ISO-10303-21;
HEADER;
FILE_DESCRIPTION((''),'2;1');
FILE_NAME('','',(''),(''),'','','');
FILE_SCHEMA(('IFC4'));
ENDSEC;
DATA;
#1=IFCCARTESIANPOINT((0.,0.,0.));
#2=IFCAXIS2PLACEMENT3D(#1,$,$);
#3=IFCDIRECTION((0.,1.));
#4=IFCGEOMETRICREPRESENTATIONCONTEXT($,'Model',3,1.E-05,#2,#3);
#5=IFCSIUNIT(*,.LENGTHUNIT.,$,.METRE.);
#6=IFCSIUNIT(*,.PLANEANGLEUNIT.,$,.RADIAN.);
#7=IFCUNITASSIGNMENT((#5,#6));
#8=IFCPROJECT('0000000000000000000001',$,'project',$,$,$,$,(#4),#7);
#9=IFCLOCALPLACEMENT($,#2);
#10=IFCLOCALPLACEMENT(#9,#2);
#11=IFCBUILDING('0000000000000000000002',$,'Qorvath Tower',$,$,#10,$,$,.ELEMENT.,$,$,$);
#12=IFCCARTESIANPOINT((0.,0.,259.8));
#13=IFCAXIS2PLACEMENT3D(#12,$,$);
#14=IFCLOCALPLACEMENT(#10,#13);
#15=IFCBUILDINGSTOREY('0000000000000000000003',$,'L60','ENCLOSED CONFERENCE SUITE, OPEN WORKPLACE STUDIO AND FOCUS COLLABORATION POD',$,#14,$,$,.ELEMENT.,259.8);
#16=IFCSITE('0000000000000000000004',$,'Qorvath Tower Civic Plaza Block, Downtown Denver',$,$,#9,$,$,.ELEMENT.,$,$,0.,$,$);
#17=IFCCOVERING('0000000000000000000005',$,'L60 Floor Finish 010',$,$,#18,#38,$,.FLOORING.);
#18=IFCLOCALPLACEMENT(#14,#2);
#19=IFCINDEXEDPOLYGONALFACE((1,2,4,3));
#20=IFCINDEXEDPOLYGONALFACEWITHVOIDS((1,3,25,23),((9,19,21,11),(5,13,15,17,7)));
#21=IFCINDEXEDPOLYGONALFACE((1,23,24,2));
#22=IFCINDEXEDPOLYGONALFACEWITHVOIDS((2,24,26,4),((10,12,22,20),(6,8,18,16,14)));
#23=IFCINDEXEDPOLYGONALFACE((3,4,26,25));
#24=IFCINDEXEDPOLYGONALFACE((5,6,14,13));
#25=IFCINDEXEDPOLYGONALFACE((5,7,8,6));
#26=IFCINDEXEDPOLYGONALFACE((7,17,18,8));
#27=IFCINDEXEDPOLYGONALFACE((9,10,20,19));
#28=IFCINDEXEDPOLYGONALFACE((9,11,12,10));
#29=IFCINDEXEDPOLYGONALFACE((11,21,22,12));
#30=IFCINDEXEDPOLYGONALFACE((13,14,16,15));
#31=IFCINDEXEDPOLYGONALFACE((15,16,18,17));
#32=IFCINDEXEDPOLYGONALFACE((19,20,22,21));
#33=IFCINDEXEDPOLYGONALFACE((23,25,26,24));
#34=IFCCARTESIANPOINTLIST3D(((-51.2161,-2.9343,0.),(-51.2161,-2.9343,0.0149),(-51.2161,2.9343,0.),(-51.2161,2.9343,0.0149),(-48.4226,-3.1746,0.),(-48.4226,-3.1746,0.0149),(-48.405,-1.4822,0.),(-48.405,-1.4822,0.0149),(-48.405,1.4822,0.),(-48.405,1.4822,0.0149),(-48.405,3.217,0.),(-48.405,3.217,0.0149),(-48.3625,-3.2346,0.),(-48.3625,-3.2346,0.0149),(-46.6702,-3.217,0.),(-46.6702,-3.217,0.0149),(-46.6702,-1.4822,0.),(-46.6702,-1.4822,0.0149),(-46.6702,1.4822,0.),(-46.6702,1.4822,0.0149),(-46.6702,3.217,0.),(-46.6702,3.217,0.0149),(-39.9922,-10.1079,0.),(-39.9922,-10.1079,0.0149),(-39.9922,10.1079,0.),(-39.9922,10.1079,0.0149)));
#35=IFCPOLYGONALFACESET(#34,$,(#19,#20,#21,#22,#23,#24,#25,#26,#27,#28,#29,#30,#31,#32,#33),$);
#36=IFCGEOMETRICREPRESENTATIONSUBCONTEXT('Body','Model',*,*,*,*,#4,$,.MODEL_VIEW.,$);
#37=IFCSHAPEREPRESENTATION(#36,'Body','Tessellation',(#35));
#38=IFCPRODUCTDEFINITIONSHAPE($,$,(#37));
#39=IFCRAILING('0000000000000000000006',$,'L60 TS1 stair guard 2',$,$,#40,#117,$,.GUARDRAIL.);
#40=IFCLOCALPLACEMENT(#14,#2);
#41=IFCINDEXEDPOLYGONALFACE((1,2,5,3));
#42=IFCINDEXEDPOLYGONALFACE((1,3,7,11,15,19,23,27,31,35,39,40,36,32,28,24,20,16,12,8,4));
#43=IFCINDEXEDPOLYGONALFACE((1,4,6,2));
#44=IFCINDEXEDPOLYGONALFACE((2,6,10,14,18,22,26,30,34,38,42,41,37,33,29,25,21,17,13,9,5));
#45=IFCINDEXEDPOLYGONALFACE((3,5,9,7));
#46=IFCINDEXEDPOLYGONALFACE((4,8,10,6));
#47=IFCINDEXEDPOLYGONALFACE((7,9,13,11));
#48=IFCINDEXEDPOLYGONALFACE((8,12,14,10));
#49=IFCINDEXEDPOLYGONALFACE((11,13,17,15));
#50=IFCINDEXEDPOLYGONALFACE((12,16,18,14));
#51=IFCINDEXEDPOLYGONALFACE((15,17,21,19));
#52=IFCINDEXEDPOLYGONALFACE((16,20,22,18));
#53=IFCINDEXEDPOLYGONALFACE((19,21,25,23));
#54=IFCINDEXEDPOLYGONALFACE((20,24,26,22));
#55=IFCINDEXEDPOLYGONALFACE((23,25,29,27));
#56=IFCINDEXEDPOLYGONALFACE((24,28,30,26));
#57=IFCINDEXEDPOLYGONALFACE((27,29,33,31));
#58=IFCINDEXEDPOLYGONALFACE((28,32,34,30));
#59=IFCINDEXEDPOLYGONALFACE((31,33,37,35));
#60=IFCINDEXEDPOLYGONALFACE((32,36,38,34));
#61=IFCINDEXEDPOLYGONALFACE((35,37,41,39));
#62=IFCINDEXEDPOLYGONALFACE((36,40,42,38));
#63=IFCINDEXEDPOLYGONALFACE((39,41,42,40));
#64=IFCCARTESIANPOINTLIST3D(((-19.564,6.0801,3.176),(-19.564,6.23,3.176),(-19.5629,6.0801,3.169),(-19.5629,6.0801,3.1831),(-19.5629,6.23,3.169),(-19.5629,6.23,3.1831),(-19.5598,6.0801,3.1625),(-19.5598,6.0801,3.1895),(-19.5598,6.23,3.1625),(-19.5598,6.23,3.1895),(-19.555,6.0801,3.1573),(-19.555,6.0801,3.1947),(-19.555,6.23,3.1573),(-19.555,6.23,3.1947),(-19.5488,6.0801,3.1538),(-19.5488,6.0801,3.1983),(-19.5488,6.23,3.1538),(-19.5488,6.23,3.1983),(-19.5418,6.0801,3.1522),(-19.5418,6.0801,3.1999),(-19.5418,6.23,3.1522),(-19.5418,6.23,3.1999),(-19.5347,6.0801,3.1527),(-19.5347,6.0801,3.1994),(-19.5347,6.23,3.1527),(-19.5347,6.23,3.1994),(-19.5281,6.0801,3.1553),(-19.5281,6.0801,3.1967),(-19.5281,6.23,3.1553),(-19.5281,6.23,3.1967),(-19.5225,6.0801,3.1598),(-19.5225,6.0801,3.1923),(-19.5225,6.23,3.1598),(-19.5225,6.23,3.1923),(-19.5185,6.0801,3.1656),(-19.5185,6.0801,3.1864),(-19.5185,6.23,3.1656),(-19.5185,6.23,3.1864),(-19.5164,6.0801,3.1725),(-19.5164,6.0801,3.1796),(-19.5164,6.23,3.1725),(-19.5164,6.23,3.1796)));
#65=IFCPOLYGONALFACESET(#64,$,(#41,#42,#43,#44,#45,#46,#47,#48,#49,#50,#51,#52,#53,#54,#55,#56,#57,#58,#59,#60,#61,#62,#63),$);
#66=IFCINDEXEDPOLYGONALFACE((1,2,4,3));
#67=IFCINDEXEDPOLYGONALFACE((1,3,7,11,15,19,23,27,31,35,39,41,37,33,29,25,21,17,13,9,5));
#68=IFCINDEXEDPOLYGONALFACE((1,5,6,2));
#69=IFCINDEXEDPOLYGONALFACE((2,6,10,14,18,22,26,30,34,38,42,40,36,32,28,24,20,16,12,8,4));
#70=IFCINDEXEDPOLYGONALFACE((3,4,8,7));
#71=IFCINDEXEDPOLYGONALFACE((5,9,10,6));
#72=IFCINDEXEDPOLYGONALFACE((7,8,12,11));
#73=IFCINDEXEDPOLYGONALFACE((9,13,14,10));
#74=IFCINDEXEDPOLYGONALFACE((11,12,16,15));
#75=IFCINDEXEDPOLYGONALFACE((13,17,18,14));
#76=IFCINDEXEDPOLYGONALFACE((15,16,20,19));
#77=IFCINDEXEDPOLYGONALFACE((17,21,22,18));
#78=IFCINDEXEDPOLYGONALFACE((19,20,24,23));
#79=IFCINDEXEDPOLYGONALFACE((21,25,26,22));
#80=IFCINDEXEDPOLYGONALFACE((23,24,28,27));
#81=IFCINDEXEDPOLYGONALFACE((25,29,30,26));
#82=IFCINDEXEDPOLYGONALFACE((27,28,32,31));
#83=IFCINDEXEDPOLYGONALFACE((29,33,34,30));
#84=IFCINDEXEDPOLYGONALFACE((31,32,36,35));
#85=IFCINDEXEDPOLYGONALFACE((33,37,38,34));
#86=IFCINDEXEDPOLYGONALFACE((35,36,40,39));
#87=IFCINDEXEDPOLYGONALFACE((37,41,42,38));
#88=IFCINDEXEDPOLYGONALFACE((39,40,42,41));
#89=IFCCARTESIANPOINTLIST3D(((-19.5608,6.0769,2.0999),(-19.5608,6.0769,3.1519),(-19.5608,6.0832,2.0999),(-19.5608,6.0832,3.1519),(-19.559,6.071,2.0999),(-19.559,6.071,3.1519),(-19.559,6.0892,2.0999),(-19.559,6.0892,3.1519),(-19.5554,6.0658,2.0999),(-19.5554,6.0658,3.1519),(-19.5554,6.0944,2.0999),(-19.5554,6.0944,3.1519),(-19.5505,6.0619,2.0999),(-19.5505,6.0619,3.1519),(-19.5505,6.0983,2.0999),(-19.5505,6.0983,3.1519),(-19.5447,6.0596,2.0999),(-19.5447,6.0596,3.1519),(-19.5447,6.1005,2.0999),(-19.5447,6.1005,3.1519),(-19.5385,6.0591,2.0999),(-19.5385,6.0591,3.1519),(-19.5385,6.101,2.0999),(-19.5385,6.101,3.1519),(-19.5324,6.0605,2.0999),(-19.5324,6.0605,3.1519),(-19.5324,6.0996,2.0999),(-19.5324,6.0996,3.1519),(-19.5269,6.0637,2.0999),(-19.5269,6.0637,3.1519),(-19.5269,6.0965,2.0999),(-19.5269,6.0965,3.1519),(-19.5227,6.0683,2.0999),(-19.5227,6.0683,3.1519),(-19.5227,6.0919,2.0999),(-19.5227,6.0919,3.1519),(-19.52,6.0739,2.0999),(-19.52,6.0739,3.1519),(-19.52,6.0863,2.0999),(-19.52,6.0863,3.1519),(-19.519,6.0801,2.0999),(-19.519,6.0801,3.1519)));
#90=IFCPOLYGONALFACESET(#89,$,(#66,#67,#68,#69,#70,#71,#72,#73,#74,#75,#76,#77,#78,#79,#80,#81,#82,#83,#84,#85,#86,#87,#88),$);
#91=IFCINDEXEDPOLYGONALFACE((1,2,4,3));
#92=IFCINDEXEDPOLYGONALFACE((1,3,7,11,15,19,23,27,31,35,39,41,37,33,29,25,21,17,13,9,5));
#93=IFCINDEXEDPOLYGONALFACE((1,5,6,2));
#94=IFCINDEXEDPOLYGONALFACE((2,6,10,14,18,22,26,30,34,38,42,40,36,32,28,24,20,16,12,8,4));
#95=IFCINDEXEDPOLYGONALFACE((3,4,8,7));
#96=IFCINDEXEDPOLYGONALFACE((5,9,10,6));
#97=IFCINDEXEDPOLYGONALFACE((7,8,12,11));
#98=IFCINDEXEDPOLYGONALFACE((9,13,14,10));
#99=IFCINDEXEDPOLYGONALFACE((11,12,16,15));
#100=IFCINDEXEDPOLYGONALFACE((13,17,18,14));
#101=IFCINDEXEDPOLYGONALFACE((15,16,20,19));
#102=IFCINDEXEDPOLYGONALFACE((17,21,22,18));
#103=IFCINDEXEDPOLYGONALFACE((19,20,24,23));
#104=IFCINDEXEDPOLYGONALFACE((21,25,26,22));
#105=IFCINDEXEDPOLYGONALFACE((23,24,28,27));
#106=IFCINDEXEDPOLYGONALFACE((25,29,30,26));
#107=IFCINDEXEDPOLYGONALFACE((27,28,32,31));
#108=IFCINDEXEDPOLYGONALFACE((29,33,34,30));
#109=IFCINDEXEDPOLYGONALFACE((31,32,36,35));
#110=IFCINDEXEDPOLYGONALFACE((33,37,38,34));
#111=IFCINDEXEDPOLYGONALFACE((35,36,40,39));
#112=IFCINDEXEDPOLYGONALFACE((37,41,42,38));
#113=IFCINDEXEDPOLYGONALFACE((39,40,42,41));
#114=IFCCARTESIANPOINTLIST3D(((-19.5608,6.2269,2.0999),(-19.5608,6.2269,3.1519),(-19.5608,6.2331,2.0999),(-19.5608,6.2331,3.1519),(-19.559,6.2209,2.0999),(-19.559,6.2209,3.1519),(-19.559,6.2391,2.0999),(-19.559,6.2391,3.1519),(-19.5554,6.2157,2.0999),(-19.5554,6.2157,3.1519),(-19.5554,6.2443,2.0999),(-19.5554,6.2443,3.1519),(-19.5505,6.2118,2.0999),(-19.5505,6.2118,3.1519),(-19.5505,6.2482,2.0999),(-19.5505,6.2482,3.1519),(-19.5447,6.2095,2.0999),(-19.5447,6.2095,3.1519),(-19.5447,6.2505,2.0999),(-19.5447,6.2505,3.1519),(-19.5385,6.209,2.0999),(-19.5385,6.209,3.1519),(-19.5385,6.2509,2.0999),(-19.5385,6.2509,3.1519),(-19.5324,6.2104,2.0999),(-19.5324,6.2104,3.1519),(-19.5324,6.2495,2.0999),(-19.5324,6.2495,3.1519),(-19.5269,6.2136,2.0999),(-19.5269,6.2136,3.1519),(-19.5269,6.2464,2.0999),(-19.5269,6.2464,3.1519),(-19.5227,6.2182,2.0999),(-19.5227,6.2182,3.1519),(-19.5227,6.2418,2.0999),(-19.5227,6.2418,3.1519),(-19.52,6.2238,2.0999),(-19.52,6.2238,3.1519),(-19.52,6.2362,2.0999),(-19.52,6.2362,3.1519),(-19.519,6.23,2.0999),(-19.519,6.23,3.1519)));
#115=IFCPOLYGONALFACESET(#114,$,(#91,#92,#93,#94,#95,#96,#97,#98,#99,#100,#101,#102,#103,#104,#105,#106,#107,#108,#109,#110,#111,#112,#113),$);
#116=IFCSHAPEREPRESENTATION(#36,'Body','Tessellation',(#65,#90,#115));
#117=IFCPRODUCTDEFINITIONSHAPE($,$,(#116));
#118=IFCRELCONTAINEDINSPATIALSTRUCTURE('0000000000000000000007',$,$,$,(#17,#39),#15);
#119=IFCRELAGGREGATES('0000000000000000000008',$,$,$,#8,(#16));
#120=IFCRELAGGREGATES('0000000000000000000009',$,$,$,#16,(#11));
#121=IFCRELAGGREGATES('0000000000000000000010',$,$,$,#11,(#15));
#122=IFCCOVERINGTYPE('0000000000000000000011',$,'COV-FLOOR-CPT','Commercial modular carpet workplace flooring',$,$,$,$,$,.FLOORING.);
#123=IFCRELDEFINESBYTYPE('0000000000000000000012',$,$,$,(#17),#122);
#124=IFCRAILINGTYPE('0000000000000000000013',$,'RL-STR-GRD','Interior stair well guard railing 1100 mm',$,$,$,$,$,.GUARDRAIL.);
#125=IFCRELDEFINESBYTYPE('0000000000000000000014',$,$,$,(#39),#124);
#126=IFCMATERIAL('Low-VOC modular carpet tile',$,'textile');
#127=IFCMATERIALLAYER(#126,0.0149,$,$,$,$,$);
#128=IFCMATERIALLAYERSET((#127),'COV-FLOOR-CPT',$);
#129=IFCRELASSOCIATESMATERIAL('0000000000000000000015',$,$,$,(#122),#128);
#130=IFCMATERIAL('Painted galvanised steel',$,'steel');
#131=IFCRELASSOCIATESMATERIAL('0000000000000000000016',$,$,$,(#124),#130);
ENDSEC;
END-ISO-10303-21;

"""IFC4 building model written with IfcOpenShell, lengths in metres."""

from ifc_helpers import new_model, si_unit, direction, frame, origin, origin_2d, place, context, subcontext, project, spatial, polyline, circle, outline, extrude, material, layer, layer_set, type_object, element, save


model = new_model("IFC4")

# Units and contexts
model_context = context("Model", 3, precision=1e-05, world=origin(), true_north=direction((0.0, 1.0)))
body_context = subcontext(model_context, "Body", "Model", "MODEL_VIEW")
ifc_project = project(units=[si_unit("LENGTHUNIT", "METRE"), si_unit("PLANEANGLEUNIT", "RADIAN")], contexts=[model_context])

# Site, building, storey
site_placement = place(None, origin())
site = spatial("IfcSite", under=ifc_project, at=site_placement, Name="Qorvath Tower Civic Plaza Block, Downtown Denver", CompositionType="ELEMENT", RefElevation=0.0)
building_placement = place(site_placement, origin())
building = spatial("IfcBuilding", under=site, at=building_placement, Name="Qorvath Tower", CompositionType="ELEMENT")
storey_placement = place(building_placement, frame((0.0, 0.0, 259.8)))
storey = spatial("IfcBuildingStorey", under=building, at=storey_placement, Name="L60", Description="ENCLOSED CONFERENCE SUITE, OPEN WORKPLACE STUDIO AND FOCUS COLLABORATION POD", CompositionType="ELEMENT", Elevation=259.8)

# Covering
ifc_material_1 = material(Name="Low-VOC modular carpet tile", Category="textile")
ifc_layer_1 = layer(ifc_material_1, 0.0149)
ifc_layer_set_1 = layer_set([ifc_layer_1], Name="COV-FLOOR-CPT")
covering_type_1 = type_object("IfcCoveringType", Name="COV-FLOOR-CPT", Description="Commercial modular carpet workplace flooring", PredefinedType="FLOORING", material=ifc_layer_set_1)
covering_1_placement = place(storey_placement, origin())
element("IfcCovering", 1, at=covering_1_placement, inside=storey, type_object=covering_type_1, Name="L60 Floor Finish 010", PredefinedType="FLOORING", context=body_context, shape_type="SweptSolid", body=[
    extrude(outline(polyline([(-51.2161, -2.9343), (-39.9922, -10.1079), (-39.9922, 10.1079), (-51.2161, 2.9343), (-51.2161, -2.9343)]), holes=[polyline([(-48.4226, -3.1746), (-48.405, -1.4822), (-46.6702, -1.4822), (-46.6702, -3.217), (-48.3625, -3.2346), (-48.4226, -3.1746)]), polyline([(-48.405, 1.4822), (-48.405, 3.217), (-46.6702, 3.217), (-46.6702, 1.4822), (-48.405, 1.4822)])]), origin(), (0.0, 0.0, 1.0), 0.0149),
])

# Railing
ifc_material_2 = material(Name="Painted galvanised steel", Category="steel")
railing_type_1 = type_object("IfcRailingType", Name="RL-STR-GRD", Description="Interior stair well guard railing 1100 mm", PredefinedType="GUARDRAIL", material=ifc_material_2)
railing_1_placement = place(storey_placement, frame((-19.54, 6.0801, 2.0999)))
element("IfcRailing", 2, at=railing_1_placement, inside=storey, type_object=railing_type_1, Name="L60 TS1 stair guard 2", PredefinedType="GUARDRAIL", context=body_context, shape_type="SweptSolid", body=[
    extrude(circle(Radius=0.0239, at=origin_2d()), frame((0.0, 0.0, 1.0762), z_axis=(0.0, 1.0, 0.0), x_axis=(-1.0, 0.0, 0.0)), (0.0, 0.0, 1.0), 0.1499),
    extrude(circle(Radius=0.021, at=origin_2d()), origin(), (0.0, 0.0, 1.0), 1.052),
    extrude(circle(Radius=0.021, at=origin_2d()), frame((0.0, 0.1499, 0.0)), (0.0, 0.0, 1.0), 1.052),
])

save(model, "model.ifc")
